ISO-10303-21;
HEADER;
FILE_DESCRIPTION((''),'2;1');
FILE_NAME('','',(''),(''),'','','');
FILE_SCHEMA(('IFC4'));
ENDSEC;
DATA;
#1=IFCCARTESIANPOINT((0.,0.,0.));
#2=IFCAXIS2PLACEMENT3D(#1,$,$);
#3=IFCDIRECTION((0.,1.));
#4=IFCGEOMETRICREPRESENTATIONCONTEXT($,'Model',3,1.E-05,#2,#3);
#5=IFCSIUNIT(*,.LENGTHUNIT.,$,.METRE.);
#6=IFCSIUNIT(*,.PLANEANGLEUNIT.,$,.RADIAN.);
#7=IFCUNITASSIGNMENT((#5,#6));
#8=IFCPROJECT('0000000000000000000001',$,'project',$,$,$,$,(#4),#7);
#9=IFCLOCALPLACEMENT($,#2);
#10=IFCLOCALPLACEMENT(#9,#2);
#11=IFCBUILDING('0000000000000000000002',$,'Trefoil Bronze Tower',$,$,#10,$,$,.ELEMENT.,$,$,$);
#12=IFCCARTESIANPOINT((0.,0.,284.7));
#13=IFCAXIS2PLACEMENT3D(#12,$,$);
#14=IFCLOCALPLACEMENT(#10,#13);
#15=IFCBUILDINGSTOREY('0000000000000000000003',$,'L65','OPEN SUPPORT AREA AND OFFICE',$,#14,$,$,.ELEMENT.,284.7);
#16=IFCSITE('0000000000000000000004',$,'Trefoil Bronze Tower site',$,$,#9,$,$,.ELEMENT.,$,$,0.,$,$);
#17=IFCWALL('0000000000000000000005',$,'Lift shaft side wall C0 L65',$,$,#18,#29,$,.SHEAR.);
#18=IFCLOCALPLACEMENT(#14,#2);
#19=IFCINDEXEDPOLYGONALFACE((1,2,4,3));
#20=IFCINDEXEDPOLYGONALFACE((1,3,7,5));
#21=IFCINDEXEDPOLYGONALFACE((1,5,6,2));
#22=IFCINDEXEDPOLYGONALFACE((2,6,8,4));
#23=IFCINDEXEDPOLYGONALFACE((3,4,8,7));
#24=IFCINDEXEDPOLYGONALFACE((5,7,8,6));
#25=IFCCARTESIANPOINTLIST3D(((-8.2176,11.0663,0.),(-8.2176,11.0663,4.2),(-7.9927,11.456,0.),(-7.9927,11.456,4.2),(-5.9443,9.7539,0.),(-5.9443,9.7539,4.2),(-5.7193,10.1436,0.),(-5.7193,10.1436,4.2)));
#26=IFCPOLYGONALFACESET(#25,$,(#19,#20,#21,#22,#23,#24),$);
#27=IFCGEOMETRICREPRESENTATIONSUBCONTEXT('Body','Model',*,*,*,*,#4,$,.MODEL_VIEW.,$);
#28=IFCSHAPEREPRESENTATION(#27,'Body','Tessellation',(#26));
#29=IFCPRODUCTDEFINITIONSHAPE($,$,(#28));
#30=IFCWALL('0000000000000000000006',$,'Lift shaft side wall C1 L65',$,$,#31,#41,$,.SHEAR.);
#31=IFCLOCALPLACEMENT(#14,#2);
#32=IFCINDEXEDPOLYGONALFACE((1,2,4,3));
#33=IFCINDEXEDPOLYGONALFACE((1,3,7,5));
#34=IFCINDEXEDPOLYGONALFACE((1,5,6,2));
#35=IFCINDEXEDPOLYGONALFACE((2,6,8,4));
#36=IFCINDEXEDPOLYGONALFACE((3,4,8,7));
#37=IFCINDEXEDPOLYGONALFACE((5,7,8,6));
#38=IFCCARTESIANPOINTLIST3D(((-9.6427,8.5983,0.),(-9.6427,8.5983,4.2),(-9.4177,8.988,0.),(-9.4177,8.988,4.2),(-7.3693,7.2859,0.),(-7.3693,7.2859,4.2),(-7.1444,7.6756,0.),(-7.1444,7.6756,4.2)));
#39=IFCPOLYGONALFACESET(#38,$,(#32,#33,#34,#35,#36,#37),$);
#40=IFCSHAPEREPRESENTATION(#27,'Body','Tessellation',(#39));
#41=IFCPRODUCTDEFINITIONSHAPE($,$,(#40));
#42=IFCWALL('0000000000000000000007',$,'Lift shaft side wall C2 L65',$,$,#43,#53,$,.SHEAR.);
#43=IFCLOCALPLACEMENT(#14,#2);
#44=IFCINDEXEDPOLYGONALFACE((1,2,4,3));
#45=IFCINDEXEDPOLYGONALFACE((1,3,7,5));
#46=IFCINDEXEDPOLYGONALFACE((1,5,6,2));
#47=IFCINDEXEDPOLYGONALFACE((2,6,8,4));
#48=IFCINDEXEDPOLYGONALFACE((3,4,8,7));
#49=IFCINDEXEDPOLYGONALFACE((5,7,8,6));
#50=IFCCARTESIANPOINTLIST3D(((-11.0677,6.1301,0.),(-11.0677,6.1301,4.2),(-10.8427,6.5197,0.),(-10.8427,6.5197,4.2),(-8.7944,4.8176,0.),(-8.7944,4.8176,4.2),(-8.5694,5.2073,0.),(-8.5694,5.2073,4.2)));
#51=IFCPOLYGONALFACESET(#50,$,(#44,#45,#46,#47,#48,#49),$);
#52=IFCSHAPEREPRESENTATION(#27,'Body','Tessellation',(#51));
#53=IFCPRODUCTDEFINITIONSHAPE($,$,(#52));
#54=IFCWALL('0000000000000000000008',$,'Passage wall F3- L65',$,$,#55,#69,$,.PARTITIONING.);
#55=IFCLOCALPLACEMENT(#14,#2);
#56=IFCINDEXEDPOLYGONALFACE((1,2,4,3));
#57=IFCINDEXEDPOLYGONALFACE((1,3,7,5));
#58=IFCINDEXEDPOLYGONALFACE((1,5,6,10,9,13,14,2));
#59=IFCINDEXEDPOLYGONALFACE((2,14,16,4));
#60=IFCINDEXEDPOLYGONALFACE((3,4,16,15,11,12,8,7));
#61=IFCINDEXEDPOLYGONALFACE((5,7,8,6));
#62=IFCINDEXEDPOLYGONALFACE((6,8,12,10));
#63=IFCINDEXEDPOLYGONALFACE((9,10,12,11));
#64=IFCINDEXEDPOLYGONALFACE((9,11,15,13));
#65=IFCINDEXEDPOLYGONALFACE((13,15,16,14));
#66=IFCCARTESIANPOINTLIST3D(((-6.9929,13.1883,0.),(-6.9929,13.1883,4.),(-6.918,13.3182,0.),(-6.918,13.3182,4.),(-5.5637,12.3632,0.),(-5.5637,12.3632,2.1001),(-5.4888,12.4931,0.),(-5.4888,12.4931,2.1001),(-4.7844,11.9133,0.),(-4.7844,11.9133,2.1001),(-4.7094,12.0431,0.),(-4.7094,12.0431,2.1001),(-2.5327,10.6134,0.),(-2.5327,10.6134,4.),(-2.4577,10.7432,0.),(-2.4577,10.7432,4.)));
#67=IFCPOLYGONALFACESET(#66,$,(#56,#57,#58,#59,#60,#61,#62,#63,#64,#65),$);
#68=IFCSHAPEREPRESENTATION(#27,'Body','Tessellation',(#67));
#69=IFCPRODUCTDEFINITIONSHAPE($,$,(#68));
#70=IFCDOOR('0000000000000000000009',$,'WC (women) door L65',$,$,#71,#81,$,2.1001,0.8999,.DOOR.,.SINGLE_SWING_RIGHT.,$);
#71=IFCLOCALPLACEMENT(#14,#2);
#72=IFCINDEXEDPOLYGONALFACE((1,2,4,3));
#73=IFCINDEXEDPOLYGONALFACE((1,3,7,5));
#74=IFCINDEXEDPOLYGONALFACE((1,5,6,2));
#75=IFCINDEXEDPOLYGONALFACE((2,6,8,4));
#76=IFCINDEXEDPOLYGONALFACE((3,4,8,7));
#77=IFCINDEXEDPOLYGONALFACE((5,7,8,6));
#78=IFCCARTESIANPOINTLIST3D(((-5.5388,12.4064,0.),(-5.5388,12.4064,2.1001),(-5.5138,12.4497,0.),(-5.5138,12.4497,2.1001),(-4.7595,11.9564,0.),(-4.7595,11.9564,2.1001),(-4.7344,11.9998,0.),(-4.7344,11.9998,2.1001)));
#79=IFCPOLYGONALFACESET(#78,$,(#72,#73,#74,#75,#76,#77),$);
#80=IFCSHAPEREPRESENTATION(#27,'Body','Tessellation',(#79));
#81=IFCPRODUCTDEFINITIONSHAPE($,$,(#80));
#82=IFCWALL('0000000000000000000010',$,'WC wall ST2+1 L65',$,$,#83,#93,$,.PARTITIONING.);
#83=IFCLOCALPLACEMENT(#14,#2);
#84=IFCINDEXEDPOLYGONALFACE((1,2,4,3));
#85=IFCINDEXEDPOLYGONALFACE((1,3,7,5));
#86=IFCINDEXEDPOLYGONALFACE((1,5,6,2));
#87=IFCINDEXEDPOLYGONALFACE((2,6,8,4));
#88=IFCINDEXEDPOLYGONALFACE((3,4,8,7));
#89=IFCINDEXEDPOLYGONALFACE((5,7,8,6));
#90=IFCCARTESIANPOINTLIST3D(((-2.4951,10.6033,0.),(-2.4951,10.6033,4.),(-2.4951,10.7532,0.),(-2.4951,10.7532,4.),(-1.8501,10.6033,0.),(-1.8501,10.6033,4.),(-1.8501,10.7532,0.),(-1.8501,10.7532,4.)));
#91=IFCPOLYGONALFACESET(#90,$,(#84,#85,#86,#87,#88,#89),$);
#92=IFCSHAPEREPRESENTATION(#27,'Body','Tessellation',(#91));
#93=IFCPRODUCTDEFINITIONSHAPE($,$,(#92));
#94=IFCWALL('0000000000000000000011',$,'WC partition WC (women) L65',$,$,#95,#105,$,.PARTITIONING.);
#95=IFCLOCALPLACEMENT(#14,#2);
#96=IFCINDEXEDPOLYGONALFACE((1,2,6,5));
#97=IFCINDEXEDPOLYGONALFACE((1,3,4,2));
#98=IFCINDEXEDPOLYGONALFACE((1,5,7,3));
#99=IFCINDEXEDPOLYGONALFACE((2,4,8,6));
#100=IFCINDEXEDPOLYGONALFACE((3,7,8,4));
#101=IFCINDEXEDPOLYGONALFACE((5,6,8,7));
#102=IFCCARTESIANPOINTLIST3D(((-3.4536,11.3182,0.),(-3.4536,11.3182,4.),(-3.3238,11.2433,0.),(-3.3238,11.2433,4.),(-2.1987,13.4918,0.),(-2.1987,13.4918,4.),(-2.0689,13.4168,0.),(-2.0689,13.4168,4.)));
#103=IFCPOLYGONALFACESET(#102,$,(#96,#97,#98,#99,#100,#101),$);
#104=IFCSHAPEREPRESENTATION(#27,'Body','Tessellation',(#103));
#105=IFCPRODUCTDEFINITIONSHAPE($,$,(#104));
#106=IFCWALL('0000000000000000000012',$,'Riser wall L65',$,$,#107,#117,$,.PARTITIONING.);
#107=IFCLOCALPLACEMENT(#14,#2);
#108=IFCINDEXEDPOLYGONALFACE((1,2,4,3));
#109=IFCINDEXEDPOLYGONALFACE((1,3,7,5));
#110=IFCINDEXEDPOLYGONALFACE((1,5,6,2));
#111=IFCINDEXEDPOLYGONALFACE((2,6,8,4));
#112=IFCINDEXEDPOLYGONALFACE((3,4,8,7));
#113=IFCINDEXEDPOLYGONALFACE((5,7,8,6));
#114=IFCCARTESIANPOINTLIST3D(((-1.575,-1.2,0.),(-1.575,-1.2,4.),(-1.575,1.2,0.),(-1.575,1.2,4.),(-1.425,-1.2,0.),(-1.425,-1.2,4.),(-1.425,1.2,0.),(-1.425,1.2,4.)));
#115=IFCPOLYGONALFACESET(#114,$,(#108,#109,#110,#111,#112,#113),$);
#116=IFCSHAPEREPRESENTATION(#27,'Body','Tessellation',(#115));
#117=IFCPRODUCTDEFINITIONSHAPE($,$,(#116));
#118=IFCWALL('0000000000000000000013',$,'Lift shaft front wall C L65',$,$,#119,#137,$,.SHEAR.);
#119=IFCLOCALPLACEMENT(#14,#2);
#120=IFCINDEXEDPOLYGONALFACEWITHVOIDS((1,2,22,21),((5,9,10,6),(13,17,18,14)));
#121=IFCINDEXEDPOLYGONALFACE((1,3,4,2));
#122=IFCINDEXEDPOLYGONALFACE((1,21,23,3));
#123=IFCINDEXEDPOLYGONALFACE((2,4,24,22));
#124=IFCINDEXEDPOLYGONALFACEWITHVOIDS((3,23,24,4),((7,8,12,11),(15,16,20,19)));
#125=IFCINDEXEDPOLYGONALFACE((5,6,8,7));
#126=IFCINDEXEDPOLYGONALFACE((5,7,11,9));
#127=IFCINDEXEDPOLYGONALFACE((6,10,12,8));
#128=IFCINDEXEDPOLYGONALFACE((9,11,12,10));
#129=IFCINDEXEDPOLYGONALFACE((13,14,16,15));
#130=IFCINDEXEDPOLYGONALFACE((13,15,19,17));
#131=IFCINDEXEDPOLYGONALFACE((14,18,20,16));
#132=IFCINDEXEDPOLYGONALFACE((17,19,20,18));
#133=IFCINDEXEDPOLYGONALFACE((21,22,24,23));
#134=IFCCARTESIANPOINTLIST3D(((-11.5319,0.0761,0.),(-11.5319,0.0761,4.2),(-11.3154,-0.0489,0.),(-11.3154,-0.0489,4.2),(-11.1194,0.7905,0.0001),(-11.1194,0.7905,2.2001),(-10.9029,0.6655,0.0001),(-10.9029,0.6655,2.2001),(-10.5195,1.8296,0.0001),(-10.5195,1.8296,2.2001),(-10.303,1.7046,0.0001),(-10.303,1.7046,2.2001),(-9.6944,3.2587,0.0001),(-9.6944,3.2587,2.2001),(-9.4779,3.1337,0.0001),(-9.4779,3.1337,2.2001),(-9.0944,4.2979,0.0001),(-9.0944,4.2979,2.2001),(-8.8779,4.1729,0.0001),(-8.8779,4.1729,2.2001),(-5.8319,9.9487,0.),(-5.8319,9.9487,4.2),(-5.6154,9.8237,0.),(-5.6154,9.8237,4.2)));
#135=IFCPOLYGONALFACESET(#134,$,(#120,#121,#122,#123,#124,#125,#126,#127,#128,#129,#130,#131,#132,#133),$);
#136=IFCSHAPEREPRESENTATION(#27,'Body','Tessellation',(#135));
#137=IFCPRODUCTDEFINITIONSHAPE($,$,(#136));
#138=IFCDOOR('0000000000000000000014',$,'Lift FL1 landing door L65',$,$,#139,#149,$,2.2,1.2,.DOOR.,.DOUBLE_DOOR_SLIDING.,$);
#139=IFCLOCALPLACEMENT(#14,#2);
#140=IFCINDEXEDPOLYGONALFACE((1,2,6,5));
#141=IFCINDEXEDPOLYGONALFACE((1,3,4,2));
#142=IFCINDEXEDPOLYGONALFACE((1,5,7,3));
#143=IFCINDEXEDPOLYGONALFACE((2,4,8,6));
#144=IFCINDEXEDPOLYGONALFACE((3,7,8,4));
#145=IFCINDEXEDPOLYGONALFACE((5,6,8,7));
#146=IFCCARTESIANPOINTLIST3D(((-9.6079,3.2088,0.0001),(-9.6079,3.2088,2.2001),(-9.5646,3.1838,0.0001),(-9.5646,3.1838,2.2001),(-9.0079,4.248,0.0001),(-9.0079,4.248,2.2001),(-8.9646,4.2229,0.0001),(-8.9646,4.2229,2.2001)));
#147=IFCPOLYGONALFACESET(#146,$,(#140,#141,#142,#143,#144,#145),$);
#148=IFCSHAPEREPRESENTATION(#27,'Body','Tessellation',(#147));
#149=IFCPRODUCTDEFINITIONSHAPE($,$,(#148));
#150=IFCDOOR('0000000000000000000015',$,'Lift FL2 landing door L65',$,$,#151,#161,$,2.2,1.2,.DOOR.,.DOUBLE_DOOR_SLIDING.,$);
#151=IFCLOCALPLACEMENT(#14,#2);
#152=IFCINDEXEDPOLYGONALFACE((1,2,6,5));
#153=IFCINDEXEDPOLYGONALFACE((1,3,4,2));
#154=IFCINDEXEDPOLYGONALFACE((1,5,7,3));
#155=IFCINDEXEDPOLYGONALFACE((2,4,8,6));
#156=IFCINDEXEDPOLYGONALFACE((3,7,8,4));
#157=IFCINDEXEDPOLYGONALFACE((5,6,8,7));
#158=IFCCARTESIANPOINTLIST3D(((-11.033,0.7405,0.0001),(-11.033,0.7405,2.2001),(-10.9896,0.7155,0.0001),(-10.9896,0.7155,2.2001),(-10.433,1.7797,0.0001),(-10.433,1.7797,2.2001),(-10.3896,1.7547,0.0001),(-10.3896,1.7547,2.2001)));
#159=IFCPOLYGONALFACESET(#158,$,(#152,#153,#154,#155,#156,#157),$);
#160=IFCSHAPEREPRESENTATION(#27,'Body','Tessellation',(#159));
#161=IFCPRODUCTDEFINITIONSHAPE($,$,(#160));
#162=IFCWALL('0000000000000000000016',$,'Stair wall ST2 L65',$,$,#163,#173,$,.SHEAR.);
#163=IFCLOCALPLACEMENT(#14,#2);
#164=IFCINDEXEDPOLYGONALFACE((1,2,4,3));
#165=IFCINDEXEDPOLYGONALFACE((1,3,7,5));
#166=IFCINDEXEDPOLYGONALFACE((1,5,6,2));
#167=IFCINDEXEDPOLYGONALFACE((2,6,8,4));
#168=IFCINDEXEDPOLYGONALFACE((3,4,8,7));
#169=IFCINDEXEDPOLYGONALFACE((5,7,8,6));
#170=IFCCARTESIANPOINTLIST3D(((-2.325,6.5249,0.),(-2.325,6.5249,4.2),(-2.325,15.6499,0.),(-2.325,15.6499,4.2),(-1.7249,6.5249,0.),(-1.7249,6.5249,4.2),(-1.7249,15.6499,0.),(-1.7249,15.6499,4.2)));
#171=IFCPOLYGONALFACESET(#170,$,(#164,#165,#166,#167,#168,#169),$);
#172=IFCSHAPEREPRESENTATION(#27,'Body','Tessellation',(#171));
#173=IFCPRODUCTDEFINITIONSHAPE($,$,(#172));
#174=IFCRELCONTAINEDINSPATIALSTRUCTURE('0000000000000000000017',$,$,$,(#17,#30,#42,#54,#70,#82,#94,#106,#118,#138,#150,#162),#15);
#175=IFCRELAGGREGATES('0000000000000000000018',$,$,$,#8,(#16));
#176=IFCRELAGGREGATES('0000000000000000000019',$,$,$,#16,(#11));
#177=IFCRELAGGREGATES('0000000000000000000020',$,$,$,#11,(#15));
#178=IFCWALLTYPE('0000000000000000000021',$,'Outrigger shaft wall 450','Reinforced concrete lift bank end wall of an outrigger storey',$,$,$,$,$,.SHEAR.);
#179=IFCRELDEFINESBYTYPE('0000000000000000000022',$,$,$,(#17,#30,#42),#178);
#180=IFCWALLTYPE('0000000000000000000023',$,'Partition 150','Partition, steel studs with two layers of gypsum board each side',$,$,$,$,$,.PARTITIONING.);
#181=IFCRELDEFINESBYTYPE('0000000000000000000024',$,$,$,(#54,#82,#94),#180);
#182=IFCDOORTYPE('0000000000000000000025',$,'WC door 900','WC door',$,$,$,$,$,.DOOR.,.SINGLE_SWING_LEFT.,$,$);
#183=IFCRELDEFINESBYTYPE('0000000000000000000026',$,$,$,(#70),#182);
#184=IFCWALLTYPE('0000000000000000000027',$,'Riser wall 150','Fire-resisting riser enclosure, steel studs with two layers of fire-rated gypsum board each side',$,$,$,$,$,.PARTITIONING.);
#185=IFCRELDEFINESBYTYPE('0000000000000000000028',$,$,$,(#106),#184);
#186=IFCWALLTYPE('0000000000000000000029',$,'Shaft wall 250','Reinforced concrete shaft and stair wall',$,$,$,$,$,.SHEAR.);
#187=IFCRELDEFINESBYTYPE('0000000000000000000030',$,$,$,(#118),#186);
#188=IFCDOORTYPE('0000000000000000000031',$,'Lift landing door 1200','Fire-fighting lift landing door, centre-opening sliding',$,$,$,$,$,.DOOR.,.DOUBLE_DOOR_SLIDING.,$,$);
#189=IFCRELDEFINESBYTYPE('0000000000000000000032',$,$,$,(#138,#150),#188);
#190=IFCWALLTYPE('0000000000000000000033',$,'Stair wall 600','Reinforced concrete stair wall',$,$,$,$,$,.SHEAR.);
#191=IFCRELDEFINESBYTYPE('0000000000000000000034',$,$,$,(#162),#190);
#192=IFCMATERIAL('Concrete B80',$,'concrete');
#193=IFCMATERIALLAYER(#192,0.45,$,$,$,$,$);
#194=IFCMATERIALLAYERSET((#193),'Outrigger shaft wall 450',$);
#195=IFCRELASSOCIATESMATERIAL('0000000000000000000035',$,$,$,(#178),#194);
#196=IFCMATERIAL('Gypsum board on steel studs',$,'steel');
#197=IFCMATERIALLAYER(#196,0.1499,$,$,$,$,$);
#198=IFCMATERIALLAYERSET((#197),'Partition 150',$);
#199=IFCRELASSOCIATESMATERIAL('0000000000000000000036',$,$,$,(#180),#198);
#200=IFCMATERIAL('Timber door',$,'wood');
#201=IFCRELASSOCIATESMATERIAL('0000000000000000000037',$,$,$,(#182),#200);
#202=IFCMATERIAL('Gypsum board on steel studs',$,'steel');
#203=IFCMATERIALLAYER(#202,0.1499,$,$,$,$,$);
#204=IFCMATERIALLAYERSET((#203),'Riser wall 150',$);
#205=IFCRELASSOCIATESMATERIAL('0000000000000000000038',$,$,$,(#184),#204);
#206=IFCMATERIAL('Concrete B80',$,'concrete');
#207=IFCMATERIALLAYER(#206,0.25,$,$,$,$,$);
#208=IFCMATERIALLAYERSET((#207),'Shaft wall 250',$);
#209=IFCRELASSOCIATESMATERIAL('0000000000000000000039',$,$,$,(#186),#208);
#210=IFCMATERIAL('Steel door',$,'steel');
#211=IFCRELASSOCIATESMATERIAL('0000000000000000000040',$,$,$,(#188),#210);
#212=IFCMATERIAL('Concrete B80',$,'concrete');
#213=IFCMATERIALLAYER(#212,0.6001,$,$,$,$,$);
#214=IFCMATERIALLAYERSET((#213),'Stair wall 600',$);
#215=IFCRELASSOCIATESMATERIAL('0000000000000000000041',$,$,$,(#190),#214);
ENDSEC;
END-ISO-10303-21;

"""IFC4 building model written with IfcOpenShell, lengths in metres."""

from ifc_helpers import new_model, si_unit, direction, frame, frame_2d, origin, place, context, subcontext, project, spatial, rectangle, extrude, material, layer, layer_set, type_object, element, fill, save


model = new_model("IFC4")

# Units and contexts
model_context = context("Model", 3, precision=1e-05, world=origin(), true_north=direction((0.0, 1.0)))
body_context = subcontext(model_context, "Body", "Model", "MODEL_VIEW")
ifc_project = project(units=[si_unit("LENGTHUNIT", "METRE"), si_unit("PLANEANGLEUNIT", "RADIAN")], contexts=[model_context])

# Site, building, storey
site_placement = place(None, origin())
site = spatial("IfcSite", under=ifc_project, at=site_placement, Name="Trefoil Bronze Tower site", CompositionType="ELEMENT", RefElevation=0.0)
building_placement = place(site_placement, origin())
building = spatial("IfcBuilding", under=site, at=building_placement, Name="Trefoil Bronze Tower", CompositionType="ELEMENT")
storey_placement = place(building_placement, frame((0.0, 0.0, 284.7)))
storey = spatial("IfcBuildingStorey", under=building, at=storey_placement, Name="L65", Description="OPEN SUPPORT AREA AND OFFICE", CompositionType="ELEMENT", Elevation=284.7)

# Walls
ifc_material_1 = material(Name="Concrete B80", Category="concrete")
ifc_layer_1 = layer(ifc_material_1, 0.45)
ifc_layer_set_1 = layer_set([ifc_layer_1], Name="Outrigger shaft wall 450")
wall_type_1 = type_object("IfcWallType", Name="Outrigger shaft wall 450", Description="Reinforced concrete lift bank end wall of an outrigger storey", PredefinedType="SHEAR", material=ifc_layer_set_1)
for number, where, z_axis, x_axis, name in (
    (1, (-5.8318, 9.9487, 0.0), (0.0, 0.0, 1.0), (-0.866037, 0.49998, 0.0), "Lift shaft side wall C0 L65"),
    (2, (-7.2568, 7.4807, 0.0), (0.0, 0.0, 1.0), (-0.866037, 0.49998, 0.0), "Lift shaft side wall C1 L65"),
    (3, (-8.6819, 5.0125, 0.0), (0.0, 0.0, 1.0), (-0.866037, 0.49998, 0.0), "Lift shaft side wall C2 L65"),
):
    element("IfcWall", number, at=place(storey_placement, frame(where, z_axis=z_axis, x_axis=x_axis)), inside=storey, type_object=wall_type_1, Name=name, PredefinedType="SHEAR", context=body_context, shape_type="SweptSolid", body=[
        extrude(rectangle(XDim=2.625, YDim=0.45, at=frame_2d((1.3125, 0.0))), origin(), (0.0, 0.0, 1.0), 4.2),
    ])

# Wall, opening, door
ifc_material_2 = material(Name="Gypsum board on steel studs", Category="steel")
ifc_layer_2 = layer(ifc_material_2, 0.1499)
ifc_layer_set_2 = layer_set([ifc_layer_2], Name="Partition 150")
wall_type_2 = type_object("IfcWallType", Name="Partition 150", Description="Partition, steel studs with two layers of gypsum board each side", PredefinedType="PARTITIONING", material=ifc_layer_set_2)
wall_1_placement = place(storey_placement, frame((-2.4951, 10.6782, 0.0), z_axis=(0.0, 0.0, 1.0), x_axis=(-0.866038, 0.499978, 0.0)))
wall_1 = element("IfcWall", 4, at=wall_1_placement, inside=storey, type_object=wall_type_2, Name="Passage wall F3- L65", PredefinedType="PARTITIONING", context=body_context, shape_type="SweptSolid", body=[
    extrude(rectangle(XDim=5.1501, YDim=0.1499, at=frame_2d((2.5752, 0.0))), origin(), (0.0, 0.0, 1.0), 4.0),
])
opening_1_placement = place(wall_1_placement, frame((2.6001, 0.0, 0.0)))
opening_1 = element("IfcOpeningElement", 5, at=opening_1_placement, cuts=wall_1, PredefinedType="OPENING", context=body_context, shape_type="SweptSolid", body=[
    extrude(rectangle(XDim=0.8999, YDim=2.1001, at=frame_2d((0.45, 1.05))), frame((0.0, 0.085, 0.0), z_axis=(0.0, -1.0, 0.0), x_axis=(1.0, 0.0, 0.0)), (0.0, 0.0, 1.0), 0.1699),
])
ifc_material_3 = material(Name="Timber door", Category="wood")
door_type_1 = type_object("IfcDoorType", Name="WC door 900", Description="WC door", OperationType="SINGLE_SWING_LEFT", PredefinedType="DOOR", material=ifc_material_3)
door_1_placement = place(opening_1_placement, frame((0.8999, 0.0, 0.0), z_axis=(0.0, 0.0, 1.0), x_axis=(-1.0, 0.0, 0.0)))
door_1 = element("IfcDoor", 6, at=door_1_placement, inside=storey, type_object=door_type_1, Name="WC (women) door L65", OperationType="SINGLE_SWING_RIGHT", OverallHeight=2.1001, OverallWidth=0.8999, PredefinedType="DOOR", context=body_context, shape_type="SweptSolid", body=[
    extrude(rectangle(XDim=0.8999, YDim=2.1001, at=frame_2d((0.45, 1.05))), frame((0.0, 0.0249, 0.0), z_axis=(0.0, -1.0, 0.0), x_axis=(1.0, 0.0, 0.0)), (0.0, 0.0, 1.0), 0.05),
])
fill(opening_1, door_1)

# Walls
wall_2_placement = place(storey_placement, frame((-2.4951, 10.6782, 0.0), z_axis=(0.0, 0.0, 1.0), x_axis=(1.0, 0.0, 0.0)))
element("IfcWall", 7, at=wall_2_placement, inside=storey, type_object=wall_type_2, Name="WC wall ST2+1 L65", PredefinedType="PARTITIONING", context=body_context, shape_type="SweptSolid", body=[
    extrude(rectangle(XDim=0.645, YDim=0.1499, at=frame_2d((0.3225, 0.0))), origin(), (0.0, 0.0, 1.0), 4.0),
])
wall_3_placement = place(storey_placement, frame((-3.3887, 11.2808, 0.0), z_axis=(0.0, 0.0, 1.0), x_axis=(0.499989, 0.866032, 0.0)))
element("IfcWall", 8, at=wall_3_placement, inside=storey, type_object=wall_type_2, Name="WC partition WC (women) L65", PredefinedType="PARTITIONING", context=body_context, shape_type="SweptSolid", body=[
    extrude(rectangle(XDim=2.5098, YDim=0.1499, at=frame_2d((1.2549, 0.0))), origin(), (0.0, 0.0, 1.0), 4.0),
])
ifc_material_4 = material(Name="Gypsum board on steel studs", Category="steel")
ifc_layer_3 = layer(ifc_material_4, 0.1499)
ifc_layer_set_3 = layer_set([ifc_layer_3], Name="Riser wall 150")
wall_type_3 = type_object("IfcWallType", Name="Riser wall 150", Description="Fire-resisting riser enclosure, steel studs with two layers of fire-rated gypsum board each side", PredefinedType="PARTITIONING", material=ifc_layer_set_3)
wall_4_placement = place(storey_placement, frame((-1.5, 1.2, 0.0), z_axis=(0.0, 0.0, 1.0), x_axis=(0.0, -1.0, 0.0)))
element("IfcWall", 9, at=wall_4_placement, inside=storey, type_object=wall_type_3, Name="Riser wall L65", PredefinedType="PARTITIONING", context=body_context, shape_type="SweptSolid", body=[
    extrude(rectangle(XDim=2.3999, YDim=0.1499, at=frame_2d((1.2, 0.0))), origin(), (0.0, 0.0, 1.0), 4.0),
])

# Wall, openings, doors
ifc_material_5 = material(Name="Concrete B80", Category="concrete")
ifc_layer_4 = layer(ifc_material_5, 0.25)
ifc_layer_set_4 = layer_set([ifc_layer_4], Name="Shaft wall 250")
wall_type_4 = type_object("IfcWallType", Name="Shaft wall 250", Description="Reinforced concrete shaft and stair wall", PredefinedType="SHEAR", material=ifc_layer_set_4)
wall_5_placement = place(storey_placement, frame((-5.7236, 9.8862, 0.0), z_axis=(0.0, 0.0, 1.0), x_axis=(-0.500002, -0.866024, 0.0)))
wall_5 = element("IfcWall", 10, at=wall_5_placement, inside=storey, type_object=wall_type_4, Name="Lift shaft front wall C L65", PredefinedType="SHEAR", context=body_context, shape_type="SweptSolid", body=[
    extrude(rectangle(XDim=11.3999, YDim=0.25, at=frame_2d((5.7, 0.0))), origin(), (0.0, 0.0, 1.0), 4.2),
])
opening_2_placement = place(wall_5_placement, frame((6.5249, 0.0, 0.0)))
opening_2 = element("IfcOpeningElement", 11, at=opening_2_placement, cuts=wall_5, PredefinedType="OPENING", context=body_context, shape_type="SweptSolid", body=[
    extrude(rectangle(XDim=1.2, YDim=2.2, at=frame_2d((0.6001, 1.1001))), frame((0.0, 0.135, 0.0), z_axis=(0.0, -1.0, 0.0), x_axis=(1.0, 0.0, 0.0)), (0.0, 0.0, 1.0), 0.27),
])
opening_3_placement = place(wall_5_placement, frame((9.375, 0.0, 0.0)))
opening_3 = element("IfcOpeningElement", 12, at=opening_3_placement, cuts=wall_5, PredefinedType="OPENING", context=body_context, shape_type="SweptSolid", body=[
    extrude(rectangle(XDim=1.2, YDim=2.2, at=frame_2d((0.6001, 1.1001))), frame((0.0, 0.135, 0.0), z_axis=(0.0, -1.0, 0.0), x_axis=(1.0, 0.0, 0.0)), (0.0, 0.0, 1.0), 0.27),
])
ifc_material_6 = material(Name="Steel door", Category="steel")
door_type_2 = type_object("IfcDoorType", Name="Lift landing door 1200", Description="Fire-fighting lift landing door, centre-opening sliding", OperationType="DOUBLE_DOOR_SLIDING", PredefinedType="DOOR", material=ifc_material_6)
door_2_placement = place(opening_2_placement, origin())
door_2 = element("IfcDoor", 13, at=door_2_placement, inside=storey, type_object=door_type_2, Name="Lift FL1 landing door L65", OperationType="DOUBLE_DOOR_SLIDING", OverallHeight=2.2, OverallWidth=1.2, PredefinedType="DOOR", context=body_context, shape_type="SweptSolid", body=[
    extrude(rectangle(XDim=1.2, YDim=2.2, at=frame_2d((0.6001, 1.1001))), frame((0.0, 0.0249, 0.0), z_axis=(0.0, -1.0, 0.0), x_axis=(1.0, 0.0, 0.0)), (0.0, 0.0, 1.0), 0.05),
])
fill(opening_2, door_2)
door_3_placement = place(opening_3_placement, origin())
door_3 = element("IfcDoor", 14, at=door_3_placement, inside=storey, type_object=door_type_2, Name="Lift FL2 landing door L65", OperationType="DOUBLE_DOOR_SLIDING", OverallHeight=2.2, OverallWidth=1.2, PredefinedType="DOOR", context=body_context, shape_type="SweptSolid", body=[
    extrude(rectangle(XDim=1.2, YDim=2.2, at=frame_2d((0.6001, 1.1001))), frame((0.0, 0.0249, 0.0), z_axis=(0.0, -1.0, 0.0), x_axis=(1.0, 0.0, 0.0)), (0.0, 0.0, 1.0), 0.05),
])
fill(opening_3, door_3)

# Wall
ifc_material_7 = material(Name="Concrete B80", Category="concrete")
ifc_layer_5 = layer(ifc_material_7, 0.6001)
ifc_layer_set_5 = layer_set([ifc_layer_5], Name="Stair wall 600")
wall_type_5 = type_object("IfcWallType", Name="Stair wall 600", Description="Reinforced concrete stair wall", PredefinedType="SHEAR", material=ifc_layer_set_5)
wall_6_placement = place(storey_placement, frame((-2.0249, 6.5249, 0.0), z_axis=(0.0, 0.0, 1.0), x_axis=(0.0, 1.0, 0.0)))
element("IfcWall", 15, at=wall_6_placement, inside=storey, type_object=wall_type_5, Name="Stair wall ST2 L65", PredefinedType="SHEAR", context=body_context, shape_type="SweptSolid", body=[
    extrude(rectangle(XDim=9.125, YDim=0.6001, at=frame_2d((4.5625, 0.0))), origin(), (0.0, 0.0, 1.0), 4.2),
])

save(model, "model.ifc")
